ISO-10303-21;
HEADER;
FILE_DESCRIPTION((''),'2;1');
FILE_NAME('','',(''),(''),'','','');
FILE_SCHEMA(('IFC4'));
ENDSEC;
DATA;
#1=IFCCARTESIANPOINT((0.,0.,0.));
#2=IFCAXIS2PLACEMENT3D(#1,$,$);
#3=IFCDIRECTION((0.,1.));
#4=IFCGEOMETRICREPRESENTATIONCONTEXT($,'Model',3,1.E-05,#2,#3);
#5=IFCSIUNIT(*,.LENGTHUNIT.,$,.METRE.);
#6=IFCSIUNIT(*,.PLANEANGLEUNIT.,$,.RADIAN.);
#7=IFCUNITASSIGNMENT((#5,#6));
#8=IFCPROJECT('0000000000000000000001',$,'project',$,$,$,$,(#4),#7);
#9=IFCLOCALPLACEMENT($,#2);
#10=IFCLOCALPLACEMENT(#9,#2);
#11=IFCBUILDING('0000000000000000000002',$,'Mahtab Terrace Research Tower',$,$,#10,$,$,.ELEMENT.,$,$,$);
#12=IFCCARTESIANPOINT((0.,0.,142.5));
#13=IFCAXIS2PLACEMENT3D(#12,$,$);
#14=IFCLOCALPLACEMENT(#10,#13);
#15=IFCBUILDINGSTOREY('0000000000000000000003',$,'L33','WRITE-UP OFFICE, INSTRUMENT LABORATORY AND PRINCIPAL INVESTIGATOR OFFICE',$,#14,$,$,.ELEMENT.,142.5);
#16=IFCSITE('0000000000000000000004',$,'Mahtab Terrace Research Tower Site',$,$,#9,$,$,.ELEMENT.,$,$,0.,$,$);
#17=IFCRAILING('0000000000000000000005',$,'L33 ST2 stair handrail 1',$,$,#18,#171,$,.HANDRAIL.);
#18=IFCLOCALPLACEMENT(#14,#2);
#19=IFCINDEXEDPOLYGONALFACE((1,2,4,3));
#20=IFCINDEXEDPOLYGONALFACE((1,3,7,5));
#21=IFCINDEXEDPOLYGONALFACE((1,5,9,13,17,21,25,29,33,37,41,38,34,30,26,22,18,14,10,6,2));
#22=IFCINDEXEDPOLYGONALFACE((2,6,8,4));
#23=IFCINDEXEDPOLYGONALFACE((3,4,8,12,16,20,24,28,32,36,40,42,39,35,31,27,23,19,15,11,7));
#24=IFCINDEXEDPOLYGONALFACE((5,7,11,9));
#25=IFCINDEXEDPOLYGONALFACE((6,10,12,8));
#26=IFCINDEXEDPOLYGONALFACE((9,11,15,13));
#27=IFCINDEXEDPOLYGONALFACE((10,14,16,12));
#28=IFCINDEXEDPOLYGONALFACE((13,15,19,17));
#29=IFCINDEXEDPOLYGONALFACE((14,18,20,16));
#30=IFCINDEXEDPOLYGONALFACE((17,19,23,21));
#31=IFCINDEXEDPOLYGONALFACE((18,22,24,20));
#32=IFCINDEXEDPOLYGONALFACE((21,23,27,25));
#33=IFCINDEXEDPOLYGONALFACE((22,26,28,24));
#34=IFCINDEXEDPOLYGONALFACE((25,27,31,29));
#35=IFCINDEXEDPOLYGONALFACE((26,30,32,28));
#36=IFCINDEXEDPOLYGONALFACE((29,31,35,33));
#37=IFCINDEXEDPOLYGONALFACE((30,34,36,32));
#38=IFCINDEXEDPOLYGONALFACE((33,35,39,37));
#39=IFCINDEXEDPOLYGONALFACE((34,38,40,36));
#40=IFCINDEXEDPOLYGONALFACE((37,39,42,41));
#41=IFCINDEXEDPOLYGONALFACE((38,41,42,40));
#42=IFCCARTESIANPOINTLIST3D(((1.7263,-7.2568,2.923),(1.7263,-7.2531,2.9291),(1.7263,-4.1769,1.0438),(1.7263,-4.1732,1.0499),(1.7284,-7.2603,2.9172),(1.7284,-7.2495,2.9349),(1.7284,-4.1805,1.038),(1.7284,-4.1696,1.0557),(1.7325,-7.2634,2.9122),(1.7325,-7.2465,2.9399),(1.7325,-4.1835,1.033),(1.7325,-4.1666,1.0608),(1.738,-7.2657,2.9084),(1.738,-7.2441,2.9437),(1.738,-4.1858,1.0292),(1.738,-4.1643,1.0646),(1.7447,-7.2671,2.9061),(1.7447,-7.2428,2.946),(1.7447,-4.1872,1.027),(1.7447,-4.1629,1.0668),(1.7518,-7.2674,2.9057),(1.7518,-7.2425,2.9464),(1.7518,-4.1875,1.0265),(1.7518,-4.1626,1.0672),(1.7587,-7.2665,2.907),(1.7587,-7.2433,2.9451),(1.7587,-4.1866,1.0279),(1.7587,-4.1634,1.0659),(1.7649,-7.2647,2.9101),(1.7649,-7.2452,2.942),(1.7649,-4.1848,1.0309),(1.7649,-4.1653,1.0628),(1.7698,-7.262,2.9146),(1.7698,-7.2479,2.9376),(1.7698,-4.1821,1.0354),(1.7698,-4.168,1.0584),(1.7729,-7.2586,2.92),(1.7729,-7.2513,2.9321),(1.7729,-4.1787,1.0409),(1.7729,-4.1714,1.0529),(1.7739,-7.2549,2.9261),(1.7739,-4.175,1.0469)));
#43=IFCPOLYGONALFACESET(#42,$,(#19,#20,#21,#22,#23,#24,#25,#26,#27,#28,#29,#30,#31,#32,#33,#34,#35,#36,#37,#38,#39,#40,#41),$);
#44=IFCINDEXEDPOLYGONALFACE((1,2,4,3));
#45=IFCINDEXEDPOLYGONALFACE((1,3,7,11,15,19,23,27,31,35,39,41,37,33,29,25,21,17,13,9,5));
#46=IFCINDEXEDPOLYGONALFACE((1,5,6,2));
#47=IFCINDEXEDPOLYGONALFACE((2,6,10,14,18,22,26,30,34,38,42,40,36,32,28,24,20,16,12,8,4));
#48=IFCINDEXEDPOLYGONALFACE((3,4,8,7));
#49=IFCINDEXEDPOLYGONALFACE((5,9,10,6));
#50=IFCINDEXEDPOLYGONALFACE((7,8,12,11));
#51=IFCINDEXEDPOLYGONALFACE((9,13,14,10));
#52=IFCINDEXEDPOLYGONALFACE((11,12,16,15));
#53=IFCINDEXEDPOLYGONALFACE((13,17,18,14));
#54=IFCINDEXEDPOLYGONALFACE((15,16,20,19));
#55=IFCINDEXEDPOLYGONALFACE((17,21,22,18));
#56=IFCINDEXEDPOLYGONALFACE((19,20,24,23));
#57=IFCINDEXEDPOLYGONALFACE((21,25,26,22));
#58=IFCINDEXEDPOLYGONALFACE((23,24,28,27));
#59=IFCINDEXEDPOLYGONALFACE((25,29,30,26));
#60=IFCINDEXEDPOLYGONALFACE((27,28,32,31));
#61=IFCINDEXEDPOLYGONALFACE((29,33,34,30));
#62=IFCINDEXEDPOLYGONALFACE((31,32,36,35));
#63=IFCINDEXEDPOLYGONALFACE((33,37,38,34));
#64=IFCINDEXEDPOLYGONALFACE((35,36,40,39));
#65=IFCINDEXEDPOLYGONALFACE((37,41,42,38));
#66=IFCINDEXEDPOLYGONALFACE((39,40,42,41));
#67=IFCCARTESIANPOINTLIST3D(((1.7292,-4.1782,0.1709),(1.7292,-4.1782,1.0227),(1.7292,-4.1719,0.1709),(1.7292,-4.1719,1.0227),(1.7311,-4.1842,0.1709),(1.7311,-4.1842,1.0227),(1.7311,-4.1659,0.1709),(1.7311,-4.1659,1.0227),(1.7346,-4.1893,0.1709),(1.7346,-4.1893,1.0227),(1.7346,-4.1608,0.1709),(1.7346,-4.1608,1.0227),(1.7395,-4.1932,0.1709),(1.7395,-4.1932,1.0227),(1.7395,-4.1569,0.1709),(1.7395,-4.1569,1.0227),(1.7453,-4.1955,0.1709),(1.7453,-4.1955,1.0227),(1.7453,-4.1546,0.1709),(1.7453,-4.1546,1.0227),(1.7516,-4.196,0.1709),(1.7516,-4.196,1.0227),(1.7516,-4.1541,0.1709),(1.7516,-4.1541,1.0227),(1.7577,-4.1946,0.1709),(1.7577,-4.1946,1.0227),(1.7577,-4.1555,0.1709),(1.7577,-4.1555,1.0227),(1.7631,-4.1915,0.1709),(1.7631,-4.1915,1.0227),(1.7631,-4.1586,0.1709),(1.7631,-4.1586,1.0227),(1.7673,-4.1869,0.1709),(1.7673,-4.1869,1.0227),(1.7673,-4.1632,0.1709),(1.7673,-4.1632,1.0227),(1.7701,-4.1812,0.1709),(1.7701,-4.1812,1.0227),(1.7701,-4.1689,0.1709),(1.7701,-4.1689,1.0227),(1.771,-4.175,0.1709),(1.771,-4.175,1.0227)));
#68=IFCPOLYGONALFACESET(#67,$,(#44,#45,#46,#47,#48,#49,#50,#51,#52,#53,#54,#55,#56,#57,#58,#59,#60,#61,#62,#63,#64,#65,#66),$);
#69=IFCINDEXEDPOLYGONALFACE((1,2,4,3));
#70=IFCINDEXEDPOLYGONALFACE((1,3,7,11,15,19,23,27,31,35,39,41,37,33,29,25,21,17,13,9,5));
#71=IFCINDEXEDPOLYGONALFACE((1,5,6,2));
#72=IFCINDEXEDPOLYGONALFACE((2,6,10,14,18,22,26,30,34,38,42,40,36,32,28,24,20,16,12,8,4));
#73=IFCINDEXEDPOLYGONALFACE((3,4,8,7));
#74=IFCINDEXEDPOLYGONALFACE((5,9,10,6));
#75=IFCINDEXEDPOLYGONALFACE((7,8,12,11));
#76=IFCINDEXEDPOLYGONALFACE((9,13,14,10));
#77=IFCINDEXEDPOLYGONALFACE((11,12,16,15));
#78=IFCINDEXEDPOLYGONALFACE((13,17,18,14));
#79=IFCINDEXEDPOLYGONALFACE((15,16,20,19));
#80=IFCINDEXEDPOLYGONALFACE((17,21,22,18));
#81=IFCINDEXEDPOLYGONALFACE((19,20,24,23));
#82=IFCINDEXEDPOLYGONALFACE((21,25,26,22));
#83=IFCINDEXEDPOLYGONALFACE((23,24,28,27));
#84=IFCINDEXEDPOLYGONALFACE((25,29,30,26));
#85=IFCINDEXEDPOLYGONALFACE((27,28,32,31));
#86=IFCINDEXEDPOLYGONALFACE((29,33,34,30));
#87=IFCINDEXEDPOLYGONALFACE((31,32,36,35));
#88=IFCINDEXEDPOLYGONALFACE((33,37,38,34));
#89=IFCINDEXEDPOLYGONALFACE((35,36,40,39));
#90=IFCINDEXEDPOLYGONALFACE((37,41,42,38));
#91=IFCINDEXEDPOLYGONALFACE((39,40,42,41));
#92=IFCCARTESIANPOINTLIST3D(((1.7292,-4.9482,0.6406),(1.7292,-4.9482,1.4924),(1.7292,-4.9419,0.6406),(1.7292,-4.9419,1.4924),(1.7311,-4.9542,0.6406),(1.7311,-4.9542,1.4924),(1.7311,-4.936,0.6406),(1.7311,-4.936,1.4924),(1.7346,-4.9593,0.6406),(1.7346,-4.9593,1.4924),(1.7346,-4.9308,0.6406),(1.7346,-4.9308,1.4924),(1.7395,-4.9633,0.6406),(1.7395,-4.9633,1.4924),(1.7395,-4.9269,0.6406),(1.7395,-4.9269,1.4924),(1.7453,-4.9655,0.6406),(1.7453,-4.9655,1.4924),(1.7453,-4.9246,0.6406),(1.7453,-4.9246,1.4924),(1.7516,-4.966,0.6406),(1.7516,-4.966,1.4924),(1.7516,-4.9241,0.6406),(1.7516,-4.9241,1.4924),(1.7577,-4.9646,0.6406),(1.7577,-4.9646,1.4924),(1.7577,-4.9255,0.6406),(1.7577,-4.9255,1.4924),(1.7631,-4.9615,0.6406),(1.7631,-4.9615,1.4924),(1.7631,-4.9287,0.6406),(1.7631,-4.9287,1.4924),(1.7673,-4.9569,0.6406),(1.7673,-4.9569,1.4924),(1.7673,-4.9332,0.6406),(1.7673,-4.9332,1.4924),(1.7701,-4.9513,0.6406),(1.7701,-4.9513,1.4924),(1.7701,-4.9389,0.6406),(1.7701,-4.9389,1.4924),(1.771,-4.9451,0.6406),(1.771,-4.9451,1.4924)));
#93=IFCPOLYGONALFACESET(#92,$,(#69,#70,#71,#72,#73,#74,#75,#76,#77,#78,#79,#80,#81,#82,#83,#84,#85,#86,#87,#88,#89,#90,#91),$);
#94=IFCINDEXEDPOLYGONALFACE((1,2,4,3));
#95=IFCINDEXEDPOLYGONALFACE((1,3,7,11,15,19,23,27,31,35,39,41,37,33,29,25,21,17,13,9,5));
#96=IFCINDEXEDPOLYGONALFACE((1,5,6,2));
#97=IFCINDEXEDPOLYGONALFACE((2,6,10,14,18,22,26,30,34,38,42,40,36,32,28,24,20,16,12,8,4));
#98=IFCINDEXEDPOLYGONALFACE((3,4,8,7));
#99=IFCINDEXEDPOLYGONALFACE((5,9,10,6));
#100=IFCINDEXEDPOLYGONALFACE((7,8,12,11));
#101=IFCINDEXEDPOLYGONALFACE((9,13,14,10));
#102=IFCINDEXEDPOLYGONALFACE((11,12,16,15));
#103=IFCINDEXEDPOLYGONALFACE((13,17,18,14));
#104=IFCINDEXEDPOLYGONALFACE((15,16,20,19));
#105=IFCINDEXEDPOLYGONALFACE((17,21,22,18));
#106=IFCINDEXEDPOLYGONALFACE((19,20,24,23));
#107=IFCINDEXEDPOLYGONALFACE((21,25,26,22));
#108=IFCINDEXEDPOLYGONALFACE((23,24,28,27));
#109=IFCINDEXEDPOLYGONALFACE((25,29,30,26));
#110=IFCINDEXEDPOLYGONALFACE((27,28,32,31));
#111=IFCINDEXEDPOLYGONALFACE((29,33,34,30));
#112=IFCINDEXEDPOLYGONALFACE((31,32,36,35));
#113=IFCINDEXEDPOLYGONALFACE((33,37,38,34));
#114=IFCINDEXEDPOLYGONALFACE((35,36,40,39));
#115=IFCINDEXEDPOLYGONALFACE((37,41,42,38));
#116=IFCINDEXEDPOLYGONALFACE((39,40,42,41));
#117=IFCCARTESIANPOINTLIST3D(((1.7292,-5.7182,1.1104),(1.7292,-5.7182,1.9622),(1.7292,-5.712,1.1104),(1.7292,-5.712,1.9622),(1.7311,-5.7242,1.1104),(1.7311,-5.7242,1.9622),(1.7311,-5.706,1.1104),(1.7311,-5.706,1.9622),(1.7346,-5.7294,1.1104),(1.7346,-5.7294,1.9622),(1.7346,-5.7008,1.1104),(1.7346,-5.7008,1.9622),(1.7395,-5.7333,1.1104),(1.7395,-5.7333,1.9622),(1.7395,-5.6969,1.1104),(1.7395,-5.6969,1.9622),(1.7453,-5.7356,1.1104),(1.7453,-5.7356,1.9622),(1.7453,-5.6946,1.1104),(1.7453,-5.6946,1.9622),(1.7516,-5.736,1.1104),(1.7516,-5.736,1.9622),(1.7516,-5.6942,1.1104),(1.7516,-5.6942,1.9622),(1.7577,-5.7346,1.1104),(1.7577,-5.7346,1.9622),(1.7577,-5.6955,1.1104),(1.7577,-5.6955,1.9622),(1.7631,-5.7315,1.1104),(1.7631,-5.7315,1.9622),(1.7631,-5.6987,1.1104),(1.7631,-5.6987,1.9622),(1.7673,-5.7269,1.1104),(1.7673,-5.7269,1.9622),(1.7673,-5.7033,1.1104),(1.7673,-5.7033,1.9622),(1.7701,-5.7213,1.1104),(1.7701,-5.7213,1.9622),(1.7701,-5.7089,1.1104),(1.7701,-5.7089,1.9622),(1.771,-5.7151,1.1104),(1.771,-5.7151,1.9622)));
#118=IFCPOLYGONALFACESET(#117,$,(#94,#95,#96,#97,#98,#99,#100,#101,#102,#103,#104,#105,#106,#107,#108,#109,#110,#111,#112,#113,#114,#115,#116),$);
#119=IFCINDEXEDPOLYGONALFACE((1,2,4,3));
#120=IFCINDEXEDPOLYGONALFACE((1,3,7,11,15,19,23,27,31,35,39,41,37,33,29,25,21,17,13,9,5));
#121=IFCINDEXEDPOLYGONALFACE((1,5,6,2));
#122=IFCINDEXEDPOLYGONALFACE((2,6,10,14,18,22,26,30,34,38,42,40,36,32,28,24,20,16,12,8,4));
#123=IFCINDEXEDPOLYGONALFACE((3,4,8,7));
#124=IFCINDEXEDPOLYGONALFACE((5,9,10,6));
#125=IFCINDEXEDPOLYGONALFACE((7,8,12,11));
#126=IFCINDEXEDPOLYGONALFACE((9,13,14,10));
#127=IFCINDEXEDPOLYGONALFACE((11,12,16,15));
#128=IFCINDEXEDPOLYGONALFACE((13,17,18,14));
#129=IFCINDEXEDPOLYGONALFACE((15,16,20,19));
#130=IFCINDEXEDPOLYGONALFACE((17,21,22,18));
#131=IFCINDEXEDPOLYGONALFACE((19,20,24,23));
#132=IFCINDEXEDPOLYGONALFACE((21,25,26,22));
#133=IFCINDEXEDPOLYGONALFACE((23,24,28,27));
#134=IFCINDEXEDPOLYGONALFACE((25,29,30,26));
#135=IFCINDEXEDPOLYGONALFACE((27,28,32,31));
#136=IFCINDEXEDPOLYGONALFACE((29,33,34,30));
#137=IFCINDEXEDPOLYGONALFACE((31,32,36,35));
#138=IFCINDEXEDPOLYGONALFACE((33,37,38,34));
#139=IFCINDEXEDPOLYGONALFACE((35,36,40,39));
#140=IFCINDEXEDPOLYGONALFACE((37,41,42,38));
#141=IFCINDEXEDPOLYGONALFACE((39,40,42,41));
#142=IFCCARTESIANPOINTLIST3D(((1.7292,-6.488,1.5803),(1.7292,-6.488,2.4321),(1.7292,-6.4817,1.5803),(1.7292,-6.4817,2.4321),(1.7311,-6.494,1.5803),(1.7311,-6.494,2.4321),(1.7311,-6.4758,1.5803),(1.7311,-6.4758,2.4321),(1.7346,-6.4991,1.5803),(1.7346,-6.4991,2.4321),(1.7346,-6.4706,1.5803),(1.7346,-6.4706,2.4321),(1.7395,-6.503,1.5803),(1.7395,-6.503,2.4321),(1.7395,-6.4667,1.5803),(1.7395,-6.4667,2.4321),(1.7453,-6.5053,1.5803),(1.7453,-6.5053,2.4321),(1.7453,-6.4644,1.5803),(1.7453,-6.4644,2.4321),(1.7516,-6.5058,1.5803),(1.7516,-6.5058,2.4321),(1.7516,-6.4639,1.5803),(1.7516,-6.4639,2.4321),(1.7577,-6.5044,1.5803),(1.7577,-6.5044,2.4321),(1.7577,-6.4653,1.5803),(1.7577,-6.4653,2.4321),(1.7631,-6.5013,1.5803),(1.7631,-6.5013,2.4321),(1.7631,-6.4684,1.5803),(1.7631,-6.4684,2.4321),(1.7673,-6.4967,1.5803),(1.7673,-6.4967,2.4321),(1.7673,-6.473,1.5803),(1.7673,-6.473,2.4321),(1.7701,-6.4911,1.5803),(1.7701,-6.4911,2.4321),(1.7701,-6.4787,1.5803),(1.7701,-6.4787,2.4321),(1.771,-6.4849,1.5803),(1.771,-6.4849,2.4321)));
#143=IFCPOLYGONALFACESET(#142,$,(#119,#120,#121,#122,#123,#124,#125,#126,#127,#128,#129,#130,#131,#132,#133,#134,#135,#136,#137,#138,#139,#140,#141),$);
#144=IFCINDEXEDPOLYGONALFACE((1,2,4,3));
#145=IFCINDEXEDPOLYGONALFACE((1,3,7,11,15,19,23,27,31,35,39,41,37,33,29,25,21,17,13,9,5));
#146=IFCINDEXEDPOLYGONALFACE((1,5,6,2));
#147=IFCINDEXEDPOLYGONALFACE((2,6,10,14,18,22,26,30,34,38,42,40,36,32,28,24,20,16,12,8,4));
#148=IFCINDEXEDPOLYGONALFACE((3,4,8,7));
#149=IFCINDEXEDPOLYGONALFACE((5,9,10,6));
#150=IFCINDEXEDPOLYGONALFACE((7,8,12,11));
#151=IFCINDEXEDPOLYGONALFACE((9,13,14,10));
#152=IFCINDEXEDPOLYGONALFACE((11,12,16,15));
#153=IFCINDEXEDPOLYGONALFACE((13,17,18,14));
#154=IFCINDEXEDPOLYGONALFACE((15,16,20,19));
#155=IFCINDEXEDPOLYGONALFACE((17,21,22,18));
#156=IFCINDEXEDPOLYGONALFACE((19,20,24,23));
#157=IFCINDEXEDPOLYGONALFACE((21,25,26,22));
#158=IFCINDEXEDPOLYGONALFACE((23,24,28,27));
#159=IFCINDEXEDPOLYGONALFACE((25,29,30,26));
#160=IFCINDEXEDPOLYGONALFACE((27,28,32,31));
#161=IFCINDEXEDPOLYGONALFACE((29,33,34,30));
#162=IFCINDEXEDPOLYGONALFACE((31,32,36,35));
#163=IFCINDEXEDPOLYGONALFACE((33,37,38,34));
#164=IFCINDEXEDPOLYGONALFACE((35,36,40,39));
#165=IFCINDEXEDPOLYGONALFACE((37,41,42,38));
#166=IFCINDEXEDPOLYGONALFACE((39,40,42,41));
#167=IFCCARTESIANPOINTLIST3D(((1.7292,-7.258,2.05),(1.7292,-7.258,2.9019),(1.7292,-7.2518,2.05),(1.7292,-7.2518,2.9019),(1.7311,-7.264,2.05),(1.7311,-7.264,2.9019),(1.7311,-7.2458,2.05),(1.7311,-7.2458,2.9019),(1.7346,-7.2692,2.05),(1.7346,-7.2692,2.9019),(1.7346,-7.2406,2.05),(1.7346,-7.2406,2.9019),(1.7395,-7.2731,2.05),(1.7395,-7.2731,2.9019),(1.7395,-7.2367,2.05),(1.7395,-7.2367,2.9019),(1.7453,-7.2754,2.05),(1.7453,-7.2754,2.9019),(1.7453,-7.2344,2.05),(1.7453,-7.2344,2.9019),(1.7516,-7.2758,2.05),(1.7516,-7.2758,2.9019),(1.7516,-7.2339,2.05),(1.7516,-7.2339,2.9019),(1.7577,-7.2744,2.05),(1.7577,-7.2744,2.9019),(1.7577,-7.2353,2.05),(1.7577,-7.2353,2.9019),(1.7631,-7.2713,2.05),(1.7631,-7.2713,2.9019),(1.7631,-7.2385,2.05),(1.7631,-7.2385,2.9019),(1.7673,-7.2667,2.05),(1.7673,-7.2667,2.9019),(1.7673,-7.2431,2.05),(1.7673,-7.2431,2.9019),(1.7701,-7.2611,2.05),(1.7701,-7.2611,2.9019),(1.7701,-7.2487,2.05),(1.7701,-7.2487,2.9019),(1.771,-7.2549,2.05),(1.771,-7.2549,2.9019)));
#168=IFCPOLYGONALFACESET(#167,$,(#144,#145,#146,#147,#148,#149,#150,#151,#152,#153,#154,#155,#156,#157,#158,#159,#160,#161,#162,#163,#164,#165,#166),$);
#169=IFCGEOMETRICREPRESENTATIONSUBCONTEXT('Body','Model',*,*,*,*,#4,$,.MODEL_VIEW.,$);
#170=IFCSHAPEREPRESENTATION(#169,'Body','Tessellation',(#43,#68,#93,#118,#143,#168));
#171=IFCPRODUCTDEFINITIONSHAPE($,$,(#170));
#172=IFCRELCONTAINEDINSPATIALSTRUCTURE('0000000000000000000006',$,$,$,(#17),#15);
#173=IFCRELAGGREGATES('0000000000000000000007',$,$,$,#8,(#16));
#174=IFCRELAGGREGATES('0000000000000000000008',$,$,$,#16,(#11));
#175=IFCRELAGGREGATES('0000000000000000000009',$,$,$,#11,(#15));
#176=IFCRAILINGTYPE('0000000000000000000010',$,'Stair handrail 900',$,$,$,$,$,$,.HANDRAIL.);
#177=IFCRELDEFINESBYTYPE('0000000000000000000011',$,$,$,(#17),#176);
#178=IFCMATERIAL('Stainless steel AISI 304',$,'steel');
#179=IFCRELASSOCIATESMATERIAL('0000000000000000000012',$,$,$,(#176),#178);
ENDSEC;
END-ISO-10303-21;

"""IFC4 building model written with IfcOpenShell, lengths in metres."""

from ifc_helpers import new_model, si_unit, direction, frame, origin, origin_2d, place, context, subcontext, project, spatial, circle, extrude, material, type_object, element, save


model = new_model("IFC4")

# Units and contexts
model_context = context("Model", 3, precision=1e-05, world=origin(), true_north=direction((0.0, 1.0)))
body_context = subcontext(model_context, "Body", "Model", "MODEL_VIEW")
ifc_project = project(units=[si_unit("LENGTHUNIT", "METRE"), si_unit("PLANEANGLEUNIT", "RADIAN")], contexts=[model_context])

# Site, building, storey
site_placement = place(None, origin())
site = spatial("IfcSite", under=ifc_project, at=site_placement, Name="Mahtab Terrace Research Tower Site", CompositionType="ELEMENT", RefElevation=0.0)
building_placement = place(site_placement, origin())
building = spatial("IfcBuilding", under=site, at=building_placement, Name="Mahtab Terrace Research Tower", CompositionType="ELEMENT")
storey_placement = place(building_placement, frame((0.0, 0.0, 142.5)))
storey = spatial("IfcBuildingStorey", under=building, at=storey_placement, Name="L33", Description="WRITE-UP OFFICE, INSTRUMENT LABORATORY AND PRINCIPAL INVESTIGATOR OFFICE", CompositionType="ELEMENT", Elevation=142.5)

# Railing
ifc_material_1 = material(Name="Stainless steel AISI 304", Category="steel")
railing_type_1 = type_object("IfcRailingType", Name="Stair handrail 900", PredefinedType="HANDRAIL", material=ifc_material_1)
railing_1_placement = place(storey_placement, frame((1.75, -4.175, 0.1709)))
element("IfcRailing", 1, at=railing_1_placement, inside=storey, type_object=railing_type_1, Name="L33 ST2 stair handrail 1", PredefinedType="HANDRAIL", context=body_context, shape_type="SweptSolid", body=[
    extrude(circle(Radius=0.0239, at=origin_2d()), frame((0.0, 0.0, 0.876), z_axis=(0.0, -0.853648, 0.52085), x_axis=(1.0, 0.0, 0.0)), (0.0, 0.0, 1.0), 3.6079),
    extrude(circle(Radius=0.021, at=origin_2d()), origin(), (0.0, 0.0, 1.0), 0.8518),
    extrude(circle(Radius=0.021, at=origin_2d()), frame((0.0, -0.77, 0.4697)), (0.0, 0.0, 1.0), 0.8518),
    extrude(circle(Radius=0.021, at=origin_2d()), frame((0.0, -1.54, 0.9395)), (0.0, 0.0, 1.0), 0.8518),
    extrude(circle(Radius=0.021, at=origin_2d()), frame((0.0, -2.3098, 1.4094)), (0.0, 0.0, 1.0), 0.8518),
    extrude(circle(Radius=0.021, at=origin_2d()), frame((0.0, -3.0798, 1.8792)), (0.0, 0.0, 1.0), 0.8518),
])

save(model, "model.ifc")
